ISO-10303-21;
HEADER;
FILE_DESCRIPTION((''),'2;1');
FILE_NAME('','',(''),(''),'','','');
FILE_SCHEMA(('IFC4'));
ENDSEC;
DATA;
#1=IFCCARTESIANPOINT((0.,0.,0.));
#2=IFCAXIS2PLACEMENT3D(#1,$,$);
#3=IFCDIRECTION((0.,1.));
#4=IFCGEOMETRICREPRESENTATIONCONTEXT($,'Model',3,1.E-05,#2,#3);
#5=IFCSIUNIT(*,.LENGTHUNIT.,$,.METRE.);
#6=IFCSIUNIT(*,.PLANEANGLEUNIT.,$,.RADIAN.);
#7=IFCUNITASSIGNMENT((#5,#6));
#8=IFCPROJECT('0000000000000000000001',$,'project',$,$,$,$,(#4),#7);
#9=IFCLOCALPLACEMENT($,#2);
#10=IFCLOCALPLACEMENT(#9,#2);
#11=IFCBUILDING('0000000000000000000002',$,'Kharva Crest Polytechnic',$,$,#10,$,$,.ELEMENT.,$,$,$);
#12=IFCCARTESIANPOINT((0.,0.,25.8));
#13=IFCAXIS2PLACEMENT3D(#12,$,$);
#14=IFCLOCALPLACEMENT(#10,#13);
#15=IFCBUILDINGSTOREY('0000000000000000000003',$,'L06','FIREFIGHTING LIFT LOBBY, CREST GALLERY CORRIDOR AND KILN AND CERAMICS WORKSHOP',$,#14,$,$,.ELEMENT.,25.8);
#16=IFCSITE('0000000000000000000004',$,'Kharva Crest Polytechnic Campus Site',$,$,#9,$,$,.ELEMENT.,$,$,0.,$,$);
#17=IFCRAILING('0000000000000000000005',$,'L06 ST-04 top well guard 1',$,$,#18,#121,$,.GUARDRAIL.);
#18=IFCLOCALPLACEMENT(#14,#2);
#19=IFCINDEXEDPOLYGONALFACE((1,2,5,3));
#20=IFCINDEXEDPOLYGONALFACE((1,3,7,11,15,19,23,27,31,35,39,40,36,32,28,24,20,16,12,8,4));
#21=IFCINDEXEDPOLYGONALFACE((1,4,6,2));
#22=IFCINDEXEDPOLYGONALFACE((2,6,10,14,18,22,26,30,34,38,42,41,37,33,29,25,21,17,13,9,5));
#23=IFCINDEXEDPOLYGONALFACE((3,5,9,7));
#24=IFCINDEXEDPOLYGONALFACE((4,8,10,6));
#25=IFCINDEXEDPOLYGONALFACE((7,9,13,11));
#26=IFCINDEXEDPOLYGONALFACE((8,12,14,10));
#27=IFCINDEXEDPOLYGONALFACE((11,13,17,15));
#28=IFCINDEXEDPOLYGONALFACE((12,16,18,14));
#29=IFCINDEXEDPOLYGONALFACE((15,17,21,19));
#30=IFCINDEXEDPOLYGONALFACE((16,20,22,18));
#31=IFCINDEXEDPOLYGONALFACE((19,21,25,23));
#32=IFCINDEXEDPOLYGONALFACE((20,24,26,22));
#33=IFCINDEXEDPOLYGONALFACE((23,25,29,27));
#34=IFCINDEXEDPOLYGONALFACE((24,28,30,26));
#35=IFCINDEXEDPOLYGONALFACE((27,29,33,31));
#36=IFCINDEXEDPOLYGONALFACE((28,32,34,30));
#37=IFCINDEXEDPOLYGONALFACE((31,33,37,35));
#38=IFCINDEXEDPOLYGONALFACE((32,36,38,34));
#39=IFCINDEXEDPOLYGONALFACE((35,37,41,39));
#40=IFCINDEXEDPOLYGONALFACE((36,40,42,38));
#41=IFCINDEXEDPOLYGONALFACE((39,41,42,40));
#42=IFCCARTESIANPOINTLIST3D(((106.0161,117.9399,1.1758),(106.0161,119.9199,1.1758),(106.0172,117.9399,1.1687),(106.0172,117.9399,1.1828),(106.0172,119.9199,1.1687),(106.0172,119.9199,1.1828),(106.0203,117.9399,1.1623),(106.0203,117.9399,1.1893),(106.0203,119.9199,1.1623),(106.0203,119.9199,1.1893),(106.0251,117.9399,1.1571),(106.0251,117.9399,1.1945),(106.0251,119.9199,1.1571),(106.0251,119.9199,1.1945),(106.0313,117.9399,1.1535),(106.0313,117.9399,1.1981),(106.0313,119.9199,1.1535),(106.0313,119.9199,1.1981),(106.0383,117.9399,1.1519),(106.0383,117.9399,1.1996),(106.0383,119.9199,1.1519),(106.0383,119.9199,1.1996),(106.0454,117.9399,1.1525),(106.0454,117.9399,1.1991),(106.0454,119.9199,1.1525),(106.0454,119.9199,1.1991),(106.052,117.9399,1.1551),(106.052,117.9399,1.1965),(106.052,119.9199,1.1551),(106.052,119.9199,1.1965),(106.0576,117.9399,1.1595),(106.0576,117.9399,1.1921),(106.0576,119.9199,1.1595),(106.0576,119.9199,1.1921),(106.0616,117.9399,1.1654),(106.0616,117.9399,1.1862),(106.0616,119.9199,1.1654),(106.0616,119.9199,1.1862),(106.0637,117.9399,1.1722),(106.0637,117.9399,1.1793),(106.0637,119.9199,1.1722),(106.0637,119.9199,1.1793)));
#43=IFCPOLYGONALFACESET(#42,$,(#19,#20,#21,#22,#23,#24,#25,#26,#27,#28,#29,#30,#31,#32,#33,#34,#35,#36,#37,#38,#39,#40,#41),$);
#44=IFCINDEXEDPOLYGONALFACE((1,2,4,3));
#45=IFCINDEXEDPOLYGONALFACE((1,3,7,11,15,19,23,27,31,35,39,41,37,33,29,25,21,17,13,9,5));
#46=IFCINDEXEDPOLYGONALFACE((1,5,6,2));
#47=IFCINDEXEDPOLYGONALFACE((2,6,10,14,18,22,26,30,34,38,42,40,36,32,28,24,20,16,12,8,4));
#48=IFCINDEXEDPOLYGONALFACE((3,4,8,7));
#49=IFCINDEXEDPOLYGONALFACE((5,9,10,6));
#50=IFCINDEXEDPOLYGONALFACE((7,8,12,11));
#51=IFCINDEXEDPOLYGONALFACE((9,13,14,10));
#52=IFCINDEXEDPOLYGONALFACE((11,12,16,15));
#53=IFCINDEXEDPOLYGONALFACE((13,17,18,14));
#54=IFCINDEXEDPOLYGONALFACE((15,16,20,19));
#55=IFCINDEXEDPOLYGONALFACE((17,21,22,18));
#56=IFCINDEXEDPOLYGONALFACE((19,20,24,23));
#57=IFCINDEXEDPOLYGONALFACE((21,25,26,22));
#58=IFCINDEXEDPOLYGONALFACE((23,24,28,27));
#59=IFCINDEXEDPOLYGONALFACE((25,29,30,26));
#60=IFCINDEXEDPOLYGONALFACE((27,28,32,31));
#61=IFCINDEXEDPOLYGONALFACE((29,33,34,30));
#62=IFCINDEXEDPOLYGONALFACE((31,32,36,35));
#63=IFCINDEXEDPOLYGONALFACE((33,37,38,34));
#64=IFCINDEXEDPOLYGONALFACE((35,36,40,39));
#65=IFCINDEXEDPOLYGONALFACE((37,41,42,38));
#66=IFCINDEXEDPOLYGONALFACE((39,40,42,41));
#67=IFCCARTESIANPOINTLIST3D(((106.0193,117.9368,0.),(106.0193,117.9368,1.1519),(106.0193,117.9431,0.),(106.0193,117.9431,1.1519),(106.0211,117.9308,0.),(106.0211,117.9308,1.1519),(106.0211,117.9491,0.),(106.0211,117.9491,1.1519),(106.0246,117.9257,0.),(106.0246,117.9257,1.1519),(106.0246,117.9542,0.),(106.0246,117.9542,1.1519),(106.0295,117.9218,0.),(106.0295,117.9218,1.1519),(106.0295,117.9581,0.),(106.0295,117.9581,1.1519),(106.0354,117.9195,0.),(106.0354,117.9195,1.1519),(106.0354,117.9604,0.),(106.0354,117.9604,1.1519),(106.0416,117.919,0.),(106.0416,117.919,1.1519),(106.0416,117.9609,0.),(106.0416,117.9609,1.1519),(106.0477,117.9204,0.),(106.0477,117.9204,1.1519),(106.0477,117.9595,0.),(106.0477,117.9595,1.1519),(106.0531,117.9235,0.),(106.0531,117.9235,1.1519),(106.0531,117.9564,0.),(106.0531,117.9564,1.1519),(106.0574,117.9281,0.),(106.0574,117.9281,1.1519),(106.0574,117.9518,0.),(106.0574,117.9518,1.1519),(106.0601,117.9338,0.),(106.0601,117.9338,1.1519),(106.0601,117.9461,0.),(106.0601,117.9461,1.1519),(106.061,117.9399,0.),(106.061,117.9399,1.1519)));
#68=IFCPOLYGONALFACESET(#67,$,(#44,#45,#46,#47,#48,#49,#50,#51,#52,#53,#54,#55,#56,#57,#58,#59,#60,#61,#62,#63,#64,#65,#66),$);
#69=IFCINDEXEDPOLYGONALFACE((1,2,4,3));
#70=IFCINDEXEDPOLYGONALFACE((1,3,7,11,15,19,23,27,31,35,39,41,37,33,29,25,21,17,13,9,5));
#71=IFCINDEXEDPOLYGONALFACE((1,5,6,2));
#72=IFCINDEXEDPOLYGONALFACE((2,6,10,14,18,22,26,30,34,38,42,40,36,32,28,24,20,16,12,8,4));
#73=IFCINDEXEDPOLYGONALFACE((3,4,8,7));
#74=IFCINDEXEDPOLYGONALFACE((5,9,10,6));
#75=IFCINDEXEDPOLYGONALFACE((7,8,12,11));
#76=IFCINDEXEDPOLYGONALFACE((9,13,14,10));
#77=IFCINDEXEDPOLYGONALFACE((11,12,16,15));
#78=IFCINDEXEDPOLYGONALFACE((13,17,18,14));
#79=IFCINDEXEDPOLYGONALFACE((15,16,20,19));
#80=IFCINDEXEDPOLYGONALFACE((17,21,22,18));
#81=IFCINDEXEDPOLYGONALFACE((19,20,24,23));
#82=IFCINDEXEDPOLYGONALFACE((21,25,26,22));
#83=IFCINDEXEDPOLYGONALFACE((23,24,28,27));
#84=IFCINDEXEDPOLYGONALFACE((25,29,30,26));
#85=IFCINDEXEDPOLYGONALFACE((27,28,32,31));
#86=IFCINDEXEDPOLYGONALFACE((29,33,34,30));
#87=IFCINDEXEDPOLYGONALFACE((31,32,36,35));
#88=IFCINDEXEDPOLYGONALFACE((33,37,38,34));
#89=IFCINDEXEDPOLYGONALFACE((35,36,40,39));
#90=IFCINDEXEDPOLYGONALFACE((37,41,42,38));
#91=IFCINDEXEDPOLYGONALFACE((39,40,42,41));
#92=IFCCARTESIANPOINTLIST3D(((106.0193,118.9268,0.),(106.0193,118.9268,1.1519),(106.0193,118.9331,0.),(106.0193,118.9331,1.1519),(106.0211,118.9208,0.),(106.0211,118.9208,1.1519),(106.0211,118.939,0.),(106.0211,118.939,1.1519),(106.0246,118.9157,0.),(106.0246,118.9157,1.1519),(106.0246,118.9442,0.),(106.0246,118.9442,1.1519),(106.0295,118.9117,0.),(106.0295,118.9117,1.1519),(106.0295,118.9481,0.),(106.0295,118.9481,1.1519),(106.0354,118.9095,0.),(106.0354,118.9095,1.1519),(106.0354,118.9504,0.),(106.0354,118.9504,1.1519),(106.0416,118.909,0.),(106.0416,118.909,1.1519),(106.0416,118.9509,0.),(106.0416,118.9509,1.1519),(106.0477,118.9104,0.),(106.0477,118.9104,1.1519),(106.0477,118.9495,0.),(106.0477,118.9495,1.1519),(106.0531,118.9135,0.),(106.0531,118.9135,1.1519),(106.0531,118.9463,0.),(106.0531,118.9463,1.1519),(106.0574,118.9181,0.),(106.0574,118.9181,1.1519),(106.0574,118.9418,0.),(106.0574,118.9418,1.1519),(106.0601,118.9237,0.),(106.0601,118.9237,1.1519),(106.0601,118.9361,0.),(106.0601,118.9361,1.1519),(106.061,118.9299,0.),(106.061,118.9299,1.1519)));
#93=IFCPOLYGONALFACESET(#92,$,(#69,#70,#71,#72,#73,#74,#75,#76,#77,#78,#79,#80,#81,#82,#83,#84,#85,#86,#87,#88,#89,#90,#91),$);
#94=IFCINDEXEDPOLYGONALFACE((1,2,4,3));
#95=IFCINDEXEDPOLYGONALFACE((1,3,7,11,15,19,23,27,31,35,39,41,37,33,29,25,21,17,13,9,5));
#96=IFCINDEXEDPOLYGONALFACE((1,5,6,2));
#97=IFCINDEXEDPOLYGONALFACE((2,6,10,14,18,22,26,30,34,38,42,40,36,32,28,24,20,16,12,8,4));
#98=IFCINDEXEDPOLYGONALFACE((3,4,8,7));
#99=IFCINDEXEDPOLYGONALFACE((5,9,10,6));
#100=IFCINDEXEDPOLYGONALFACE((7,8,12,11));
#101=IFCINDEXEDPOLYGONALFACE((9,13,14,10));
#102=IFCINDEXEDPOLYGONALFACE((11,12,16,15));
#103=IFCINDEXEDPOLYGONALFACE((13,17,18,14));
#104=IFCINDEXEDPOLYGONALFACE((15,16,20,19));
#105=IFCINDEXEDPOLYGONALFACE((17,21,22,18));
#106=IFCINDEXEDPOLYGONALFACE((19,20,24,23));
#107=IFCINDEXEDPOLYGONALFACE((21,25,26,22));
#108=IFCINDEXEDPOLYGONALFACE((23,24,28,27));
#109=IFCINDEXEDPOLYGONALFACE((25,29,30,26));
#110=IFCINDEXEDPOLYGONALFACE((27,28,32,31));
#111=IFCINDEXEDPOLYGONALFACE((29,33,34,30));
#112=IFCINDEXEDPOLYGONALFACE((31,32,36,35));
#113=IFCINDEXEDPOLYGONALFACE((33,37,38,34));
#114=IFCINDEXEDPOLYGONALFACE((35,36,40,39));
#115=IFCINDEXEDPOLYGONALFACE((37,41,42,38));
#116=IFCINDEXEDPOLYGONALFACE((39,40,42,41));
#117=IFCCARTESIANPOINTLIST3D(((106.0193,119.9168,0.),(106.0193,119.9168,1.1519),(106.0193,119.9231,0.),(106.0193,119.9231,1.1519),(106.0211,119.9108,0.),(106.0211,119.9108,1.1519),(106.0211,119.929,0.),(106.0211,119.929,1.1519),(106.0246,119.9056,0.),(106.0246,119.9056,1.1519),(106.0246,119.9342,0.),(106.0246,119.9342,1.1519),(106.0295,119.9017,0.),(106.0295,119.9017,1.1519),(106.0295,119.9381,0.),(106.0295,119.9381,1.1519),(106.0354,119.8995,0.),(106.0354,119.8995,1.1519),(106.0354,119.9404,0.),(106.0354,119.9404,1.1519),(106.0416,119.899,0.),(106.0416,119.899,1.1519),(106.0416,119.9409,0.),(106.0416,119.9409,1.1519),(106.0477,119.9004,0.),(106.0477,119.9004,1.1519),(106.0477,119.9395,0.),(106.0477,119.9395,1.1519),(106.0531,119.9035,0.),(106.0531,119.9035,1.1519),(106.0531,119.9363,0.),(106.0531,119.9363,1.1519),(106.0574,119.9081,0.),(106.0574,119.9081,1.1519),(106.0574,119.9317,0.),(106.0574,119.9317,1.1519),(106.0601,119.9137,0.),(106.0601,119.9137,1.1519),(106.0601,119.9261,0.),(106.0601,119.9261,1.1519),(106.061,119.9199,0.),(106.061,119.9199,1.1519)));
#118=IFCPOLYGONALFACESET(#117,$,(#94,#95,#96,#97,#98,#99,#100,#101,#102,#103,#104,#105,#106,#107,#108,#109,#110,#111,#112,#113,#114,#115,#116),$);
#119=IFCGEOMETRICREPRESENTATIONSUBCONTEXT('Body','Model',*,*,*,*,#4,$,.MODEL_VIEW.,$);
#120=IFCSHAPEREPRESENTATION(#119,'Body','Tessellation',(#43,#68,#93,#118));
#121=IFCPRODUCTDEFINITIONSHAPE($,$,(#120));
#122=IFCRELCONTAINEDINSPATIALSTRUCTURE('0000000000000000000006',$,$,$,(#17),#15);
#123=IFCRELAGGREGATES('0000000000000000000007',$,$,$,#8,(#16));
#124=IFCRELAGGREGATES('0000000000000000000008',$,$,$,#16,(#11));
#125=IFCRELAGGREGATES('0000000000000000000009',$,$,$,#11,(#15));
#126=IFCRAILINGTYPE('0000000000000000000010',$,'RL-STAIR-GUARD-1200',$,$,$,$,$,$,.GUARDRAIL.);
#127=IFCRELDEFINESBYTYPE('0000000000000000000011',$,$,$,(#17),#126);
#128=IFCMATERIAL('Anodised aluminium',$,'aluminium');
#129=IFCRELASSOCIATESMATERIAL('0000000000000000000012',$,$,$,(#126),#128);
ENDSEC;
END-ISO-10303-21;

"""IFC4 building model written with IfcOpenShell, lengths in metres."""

from ifc_helpers import new_model, si_unit, direction, frame, origin, origin_2d, place, context, subcontext, project, spatial, circle, extrude, material, type_object, element, save


model = new_model("IFC4")

# Units and contexts
model_context = context("Model", 3, precision=1e-05, world=origin(), true_north=direction((0.0, 1.0)))
body_context = subcontext(model_context, "Body", "Model", "MODEL_VIEW")
ifc_project = project(units=[si_unit("LENGTHUNIT", "METRE"), si_unit("PLANEANGLEUNIT", "RADIAN")], contexts=[model_context])

# Site, building, storey
site_placement = place(None, origin())
site = spatial("IfcSite", under=ifc_project, at=site_placement, Name="Kharva Crest Polytechnic Campus Site", CompositionType="ELEMENT", RefElevation=0.0)
building_placement = place(site_placement, origin())
building = spatial("IfcBuilding", under=site, at=building_placement, Name="Kharva Crest Polytechnic", CompositionType="ELEMENT")
storey_placement = place(building_placement, frame((0.0, 0.0, 25.8)))
storey = spatial("IfcBuildingStorey", under=building, at=storey_placement, Name="L06", Description="FIREFIGHTING LIFT LOBBY, CREST GALLERY CORRIDOR AND KILN AND CERAMICS WORKSHOP", CompositionType="ELEMENT", Elevation=25.8)

# Shared definitions
ifc_material_1 = material(Name="Anodised aluminium", Category="aluminium")

# Railing
railing_type = type_object("IfcRailingType", Name="RL-STAIR-GUARD-1200", PredefinedType="GUARDRAIL", material=ifc_material_1)
railing_placement = place(storey_placement, frame((106.04, 117.9399, 0.0)))
element("IfcRailing", 1, at=railing_placement, inside=storey, type_object=railing_type, Name="L06 ST-04 top well guard 1", PredefinedType="GUARDRAIL", context=body_context, shape_type="SweptSolid", body=[
    extrude(circle(Radius=0.0239, at=origin_2d()), frame((0.0, 0.0, 1.1758), z_axis=(0.0, 1.0, 0.0), x_axis=(-1.0, 0.0, 0.0)), (0.0, 0.0, 1.0), 1.98),
    extrude(circle(Radius=0.021, at=origin_2d()), origin(), (0.0, 0.0, 1.0), 1.1519),
    extrude(circle(Radius=0.021, at=origin_2d()), frame((0.0, 0.99, 0.0)), (0.0, 0.0, 1.0), 1.1519),
    extrude(circle(Radius=0.021, at=origin_2d()), frame((0.0, 1.98, 0.0)), (0.0, 0.0, 1.0), 1.1519),
])

save(model, "model.ifc")
